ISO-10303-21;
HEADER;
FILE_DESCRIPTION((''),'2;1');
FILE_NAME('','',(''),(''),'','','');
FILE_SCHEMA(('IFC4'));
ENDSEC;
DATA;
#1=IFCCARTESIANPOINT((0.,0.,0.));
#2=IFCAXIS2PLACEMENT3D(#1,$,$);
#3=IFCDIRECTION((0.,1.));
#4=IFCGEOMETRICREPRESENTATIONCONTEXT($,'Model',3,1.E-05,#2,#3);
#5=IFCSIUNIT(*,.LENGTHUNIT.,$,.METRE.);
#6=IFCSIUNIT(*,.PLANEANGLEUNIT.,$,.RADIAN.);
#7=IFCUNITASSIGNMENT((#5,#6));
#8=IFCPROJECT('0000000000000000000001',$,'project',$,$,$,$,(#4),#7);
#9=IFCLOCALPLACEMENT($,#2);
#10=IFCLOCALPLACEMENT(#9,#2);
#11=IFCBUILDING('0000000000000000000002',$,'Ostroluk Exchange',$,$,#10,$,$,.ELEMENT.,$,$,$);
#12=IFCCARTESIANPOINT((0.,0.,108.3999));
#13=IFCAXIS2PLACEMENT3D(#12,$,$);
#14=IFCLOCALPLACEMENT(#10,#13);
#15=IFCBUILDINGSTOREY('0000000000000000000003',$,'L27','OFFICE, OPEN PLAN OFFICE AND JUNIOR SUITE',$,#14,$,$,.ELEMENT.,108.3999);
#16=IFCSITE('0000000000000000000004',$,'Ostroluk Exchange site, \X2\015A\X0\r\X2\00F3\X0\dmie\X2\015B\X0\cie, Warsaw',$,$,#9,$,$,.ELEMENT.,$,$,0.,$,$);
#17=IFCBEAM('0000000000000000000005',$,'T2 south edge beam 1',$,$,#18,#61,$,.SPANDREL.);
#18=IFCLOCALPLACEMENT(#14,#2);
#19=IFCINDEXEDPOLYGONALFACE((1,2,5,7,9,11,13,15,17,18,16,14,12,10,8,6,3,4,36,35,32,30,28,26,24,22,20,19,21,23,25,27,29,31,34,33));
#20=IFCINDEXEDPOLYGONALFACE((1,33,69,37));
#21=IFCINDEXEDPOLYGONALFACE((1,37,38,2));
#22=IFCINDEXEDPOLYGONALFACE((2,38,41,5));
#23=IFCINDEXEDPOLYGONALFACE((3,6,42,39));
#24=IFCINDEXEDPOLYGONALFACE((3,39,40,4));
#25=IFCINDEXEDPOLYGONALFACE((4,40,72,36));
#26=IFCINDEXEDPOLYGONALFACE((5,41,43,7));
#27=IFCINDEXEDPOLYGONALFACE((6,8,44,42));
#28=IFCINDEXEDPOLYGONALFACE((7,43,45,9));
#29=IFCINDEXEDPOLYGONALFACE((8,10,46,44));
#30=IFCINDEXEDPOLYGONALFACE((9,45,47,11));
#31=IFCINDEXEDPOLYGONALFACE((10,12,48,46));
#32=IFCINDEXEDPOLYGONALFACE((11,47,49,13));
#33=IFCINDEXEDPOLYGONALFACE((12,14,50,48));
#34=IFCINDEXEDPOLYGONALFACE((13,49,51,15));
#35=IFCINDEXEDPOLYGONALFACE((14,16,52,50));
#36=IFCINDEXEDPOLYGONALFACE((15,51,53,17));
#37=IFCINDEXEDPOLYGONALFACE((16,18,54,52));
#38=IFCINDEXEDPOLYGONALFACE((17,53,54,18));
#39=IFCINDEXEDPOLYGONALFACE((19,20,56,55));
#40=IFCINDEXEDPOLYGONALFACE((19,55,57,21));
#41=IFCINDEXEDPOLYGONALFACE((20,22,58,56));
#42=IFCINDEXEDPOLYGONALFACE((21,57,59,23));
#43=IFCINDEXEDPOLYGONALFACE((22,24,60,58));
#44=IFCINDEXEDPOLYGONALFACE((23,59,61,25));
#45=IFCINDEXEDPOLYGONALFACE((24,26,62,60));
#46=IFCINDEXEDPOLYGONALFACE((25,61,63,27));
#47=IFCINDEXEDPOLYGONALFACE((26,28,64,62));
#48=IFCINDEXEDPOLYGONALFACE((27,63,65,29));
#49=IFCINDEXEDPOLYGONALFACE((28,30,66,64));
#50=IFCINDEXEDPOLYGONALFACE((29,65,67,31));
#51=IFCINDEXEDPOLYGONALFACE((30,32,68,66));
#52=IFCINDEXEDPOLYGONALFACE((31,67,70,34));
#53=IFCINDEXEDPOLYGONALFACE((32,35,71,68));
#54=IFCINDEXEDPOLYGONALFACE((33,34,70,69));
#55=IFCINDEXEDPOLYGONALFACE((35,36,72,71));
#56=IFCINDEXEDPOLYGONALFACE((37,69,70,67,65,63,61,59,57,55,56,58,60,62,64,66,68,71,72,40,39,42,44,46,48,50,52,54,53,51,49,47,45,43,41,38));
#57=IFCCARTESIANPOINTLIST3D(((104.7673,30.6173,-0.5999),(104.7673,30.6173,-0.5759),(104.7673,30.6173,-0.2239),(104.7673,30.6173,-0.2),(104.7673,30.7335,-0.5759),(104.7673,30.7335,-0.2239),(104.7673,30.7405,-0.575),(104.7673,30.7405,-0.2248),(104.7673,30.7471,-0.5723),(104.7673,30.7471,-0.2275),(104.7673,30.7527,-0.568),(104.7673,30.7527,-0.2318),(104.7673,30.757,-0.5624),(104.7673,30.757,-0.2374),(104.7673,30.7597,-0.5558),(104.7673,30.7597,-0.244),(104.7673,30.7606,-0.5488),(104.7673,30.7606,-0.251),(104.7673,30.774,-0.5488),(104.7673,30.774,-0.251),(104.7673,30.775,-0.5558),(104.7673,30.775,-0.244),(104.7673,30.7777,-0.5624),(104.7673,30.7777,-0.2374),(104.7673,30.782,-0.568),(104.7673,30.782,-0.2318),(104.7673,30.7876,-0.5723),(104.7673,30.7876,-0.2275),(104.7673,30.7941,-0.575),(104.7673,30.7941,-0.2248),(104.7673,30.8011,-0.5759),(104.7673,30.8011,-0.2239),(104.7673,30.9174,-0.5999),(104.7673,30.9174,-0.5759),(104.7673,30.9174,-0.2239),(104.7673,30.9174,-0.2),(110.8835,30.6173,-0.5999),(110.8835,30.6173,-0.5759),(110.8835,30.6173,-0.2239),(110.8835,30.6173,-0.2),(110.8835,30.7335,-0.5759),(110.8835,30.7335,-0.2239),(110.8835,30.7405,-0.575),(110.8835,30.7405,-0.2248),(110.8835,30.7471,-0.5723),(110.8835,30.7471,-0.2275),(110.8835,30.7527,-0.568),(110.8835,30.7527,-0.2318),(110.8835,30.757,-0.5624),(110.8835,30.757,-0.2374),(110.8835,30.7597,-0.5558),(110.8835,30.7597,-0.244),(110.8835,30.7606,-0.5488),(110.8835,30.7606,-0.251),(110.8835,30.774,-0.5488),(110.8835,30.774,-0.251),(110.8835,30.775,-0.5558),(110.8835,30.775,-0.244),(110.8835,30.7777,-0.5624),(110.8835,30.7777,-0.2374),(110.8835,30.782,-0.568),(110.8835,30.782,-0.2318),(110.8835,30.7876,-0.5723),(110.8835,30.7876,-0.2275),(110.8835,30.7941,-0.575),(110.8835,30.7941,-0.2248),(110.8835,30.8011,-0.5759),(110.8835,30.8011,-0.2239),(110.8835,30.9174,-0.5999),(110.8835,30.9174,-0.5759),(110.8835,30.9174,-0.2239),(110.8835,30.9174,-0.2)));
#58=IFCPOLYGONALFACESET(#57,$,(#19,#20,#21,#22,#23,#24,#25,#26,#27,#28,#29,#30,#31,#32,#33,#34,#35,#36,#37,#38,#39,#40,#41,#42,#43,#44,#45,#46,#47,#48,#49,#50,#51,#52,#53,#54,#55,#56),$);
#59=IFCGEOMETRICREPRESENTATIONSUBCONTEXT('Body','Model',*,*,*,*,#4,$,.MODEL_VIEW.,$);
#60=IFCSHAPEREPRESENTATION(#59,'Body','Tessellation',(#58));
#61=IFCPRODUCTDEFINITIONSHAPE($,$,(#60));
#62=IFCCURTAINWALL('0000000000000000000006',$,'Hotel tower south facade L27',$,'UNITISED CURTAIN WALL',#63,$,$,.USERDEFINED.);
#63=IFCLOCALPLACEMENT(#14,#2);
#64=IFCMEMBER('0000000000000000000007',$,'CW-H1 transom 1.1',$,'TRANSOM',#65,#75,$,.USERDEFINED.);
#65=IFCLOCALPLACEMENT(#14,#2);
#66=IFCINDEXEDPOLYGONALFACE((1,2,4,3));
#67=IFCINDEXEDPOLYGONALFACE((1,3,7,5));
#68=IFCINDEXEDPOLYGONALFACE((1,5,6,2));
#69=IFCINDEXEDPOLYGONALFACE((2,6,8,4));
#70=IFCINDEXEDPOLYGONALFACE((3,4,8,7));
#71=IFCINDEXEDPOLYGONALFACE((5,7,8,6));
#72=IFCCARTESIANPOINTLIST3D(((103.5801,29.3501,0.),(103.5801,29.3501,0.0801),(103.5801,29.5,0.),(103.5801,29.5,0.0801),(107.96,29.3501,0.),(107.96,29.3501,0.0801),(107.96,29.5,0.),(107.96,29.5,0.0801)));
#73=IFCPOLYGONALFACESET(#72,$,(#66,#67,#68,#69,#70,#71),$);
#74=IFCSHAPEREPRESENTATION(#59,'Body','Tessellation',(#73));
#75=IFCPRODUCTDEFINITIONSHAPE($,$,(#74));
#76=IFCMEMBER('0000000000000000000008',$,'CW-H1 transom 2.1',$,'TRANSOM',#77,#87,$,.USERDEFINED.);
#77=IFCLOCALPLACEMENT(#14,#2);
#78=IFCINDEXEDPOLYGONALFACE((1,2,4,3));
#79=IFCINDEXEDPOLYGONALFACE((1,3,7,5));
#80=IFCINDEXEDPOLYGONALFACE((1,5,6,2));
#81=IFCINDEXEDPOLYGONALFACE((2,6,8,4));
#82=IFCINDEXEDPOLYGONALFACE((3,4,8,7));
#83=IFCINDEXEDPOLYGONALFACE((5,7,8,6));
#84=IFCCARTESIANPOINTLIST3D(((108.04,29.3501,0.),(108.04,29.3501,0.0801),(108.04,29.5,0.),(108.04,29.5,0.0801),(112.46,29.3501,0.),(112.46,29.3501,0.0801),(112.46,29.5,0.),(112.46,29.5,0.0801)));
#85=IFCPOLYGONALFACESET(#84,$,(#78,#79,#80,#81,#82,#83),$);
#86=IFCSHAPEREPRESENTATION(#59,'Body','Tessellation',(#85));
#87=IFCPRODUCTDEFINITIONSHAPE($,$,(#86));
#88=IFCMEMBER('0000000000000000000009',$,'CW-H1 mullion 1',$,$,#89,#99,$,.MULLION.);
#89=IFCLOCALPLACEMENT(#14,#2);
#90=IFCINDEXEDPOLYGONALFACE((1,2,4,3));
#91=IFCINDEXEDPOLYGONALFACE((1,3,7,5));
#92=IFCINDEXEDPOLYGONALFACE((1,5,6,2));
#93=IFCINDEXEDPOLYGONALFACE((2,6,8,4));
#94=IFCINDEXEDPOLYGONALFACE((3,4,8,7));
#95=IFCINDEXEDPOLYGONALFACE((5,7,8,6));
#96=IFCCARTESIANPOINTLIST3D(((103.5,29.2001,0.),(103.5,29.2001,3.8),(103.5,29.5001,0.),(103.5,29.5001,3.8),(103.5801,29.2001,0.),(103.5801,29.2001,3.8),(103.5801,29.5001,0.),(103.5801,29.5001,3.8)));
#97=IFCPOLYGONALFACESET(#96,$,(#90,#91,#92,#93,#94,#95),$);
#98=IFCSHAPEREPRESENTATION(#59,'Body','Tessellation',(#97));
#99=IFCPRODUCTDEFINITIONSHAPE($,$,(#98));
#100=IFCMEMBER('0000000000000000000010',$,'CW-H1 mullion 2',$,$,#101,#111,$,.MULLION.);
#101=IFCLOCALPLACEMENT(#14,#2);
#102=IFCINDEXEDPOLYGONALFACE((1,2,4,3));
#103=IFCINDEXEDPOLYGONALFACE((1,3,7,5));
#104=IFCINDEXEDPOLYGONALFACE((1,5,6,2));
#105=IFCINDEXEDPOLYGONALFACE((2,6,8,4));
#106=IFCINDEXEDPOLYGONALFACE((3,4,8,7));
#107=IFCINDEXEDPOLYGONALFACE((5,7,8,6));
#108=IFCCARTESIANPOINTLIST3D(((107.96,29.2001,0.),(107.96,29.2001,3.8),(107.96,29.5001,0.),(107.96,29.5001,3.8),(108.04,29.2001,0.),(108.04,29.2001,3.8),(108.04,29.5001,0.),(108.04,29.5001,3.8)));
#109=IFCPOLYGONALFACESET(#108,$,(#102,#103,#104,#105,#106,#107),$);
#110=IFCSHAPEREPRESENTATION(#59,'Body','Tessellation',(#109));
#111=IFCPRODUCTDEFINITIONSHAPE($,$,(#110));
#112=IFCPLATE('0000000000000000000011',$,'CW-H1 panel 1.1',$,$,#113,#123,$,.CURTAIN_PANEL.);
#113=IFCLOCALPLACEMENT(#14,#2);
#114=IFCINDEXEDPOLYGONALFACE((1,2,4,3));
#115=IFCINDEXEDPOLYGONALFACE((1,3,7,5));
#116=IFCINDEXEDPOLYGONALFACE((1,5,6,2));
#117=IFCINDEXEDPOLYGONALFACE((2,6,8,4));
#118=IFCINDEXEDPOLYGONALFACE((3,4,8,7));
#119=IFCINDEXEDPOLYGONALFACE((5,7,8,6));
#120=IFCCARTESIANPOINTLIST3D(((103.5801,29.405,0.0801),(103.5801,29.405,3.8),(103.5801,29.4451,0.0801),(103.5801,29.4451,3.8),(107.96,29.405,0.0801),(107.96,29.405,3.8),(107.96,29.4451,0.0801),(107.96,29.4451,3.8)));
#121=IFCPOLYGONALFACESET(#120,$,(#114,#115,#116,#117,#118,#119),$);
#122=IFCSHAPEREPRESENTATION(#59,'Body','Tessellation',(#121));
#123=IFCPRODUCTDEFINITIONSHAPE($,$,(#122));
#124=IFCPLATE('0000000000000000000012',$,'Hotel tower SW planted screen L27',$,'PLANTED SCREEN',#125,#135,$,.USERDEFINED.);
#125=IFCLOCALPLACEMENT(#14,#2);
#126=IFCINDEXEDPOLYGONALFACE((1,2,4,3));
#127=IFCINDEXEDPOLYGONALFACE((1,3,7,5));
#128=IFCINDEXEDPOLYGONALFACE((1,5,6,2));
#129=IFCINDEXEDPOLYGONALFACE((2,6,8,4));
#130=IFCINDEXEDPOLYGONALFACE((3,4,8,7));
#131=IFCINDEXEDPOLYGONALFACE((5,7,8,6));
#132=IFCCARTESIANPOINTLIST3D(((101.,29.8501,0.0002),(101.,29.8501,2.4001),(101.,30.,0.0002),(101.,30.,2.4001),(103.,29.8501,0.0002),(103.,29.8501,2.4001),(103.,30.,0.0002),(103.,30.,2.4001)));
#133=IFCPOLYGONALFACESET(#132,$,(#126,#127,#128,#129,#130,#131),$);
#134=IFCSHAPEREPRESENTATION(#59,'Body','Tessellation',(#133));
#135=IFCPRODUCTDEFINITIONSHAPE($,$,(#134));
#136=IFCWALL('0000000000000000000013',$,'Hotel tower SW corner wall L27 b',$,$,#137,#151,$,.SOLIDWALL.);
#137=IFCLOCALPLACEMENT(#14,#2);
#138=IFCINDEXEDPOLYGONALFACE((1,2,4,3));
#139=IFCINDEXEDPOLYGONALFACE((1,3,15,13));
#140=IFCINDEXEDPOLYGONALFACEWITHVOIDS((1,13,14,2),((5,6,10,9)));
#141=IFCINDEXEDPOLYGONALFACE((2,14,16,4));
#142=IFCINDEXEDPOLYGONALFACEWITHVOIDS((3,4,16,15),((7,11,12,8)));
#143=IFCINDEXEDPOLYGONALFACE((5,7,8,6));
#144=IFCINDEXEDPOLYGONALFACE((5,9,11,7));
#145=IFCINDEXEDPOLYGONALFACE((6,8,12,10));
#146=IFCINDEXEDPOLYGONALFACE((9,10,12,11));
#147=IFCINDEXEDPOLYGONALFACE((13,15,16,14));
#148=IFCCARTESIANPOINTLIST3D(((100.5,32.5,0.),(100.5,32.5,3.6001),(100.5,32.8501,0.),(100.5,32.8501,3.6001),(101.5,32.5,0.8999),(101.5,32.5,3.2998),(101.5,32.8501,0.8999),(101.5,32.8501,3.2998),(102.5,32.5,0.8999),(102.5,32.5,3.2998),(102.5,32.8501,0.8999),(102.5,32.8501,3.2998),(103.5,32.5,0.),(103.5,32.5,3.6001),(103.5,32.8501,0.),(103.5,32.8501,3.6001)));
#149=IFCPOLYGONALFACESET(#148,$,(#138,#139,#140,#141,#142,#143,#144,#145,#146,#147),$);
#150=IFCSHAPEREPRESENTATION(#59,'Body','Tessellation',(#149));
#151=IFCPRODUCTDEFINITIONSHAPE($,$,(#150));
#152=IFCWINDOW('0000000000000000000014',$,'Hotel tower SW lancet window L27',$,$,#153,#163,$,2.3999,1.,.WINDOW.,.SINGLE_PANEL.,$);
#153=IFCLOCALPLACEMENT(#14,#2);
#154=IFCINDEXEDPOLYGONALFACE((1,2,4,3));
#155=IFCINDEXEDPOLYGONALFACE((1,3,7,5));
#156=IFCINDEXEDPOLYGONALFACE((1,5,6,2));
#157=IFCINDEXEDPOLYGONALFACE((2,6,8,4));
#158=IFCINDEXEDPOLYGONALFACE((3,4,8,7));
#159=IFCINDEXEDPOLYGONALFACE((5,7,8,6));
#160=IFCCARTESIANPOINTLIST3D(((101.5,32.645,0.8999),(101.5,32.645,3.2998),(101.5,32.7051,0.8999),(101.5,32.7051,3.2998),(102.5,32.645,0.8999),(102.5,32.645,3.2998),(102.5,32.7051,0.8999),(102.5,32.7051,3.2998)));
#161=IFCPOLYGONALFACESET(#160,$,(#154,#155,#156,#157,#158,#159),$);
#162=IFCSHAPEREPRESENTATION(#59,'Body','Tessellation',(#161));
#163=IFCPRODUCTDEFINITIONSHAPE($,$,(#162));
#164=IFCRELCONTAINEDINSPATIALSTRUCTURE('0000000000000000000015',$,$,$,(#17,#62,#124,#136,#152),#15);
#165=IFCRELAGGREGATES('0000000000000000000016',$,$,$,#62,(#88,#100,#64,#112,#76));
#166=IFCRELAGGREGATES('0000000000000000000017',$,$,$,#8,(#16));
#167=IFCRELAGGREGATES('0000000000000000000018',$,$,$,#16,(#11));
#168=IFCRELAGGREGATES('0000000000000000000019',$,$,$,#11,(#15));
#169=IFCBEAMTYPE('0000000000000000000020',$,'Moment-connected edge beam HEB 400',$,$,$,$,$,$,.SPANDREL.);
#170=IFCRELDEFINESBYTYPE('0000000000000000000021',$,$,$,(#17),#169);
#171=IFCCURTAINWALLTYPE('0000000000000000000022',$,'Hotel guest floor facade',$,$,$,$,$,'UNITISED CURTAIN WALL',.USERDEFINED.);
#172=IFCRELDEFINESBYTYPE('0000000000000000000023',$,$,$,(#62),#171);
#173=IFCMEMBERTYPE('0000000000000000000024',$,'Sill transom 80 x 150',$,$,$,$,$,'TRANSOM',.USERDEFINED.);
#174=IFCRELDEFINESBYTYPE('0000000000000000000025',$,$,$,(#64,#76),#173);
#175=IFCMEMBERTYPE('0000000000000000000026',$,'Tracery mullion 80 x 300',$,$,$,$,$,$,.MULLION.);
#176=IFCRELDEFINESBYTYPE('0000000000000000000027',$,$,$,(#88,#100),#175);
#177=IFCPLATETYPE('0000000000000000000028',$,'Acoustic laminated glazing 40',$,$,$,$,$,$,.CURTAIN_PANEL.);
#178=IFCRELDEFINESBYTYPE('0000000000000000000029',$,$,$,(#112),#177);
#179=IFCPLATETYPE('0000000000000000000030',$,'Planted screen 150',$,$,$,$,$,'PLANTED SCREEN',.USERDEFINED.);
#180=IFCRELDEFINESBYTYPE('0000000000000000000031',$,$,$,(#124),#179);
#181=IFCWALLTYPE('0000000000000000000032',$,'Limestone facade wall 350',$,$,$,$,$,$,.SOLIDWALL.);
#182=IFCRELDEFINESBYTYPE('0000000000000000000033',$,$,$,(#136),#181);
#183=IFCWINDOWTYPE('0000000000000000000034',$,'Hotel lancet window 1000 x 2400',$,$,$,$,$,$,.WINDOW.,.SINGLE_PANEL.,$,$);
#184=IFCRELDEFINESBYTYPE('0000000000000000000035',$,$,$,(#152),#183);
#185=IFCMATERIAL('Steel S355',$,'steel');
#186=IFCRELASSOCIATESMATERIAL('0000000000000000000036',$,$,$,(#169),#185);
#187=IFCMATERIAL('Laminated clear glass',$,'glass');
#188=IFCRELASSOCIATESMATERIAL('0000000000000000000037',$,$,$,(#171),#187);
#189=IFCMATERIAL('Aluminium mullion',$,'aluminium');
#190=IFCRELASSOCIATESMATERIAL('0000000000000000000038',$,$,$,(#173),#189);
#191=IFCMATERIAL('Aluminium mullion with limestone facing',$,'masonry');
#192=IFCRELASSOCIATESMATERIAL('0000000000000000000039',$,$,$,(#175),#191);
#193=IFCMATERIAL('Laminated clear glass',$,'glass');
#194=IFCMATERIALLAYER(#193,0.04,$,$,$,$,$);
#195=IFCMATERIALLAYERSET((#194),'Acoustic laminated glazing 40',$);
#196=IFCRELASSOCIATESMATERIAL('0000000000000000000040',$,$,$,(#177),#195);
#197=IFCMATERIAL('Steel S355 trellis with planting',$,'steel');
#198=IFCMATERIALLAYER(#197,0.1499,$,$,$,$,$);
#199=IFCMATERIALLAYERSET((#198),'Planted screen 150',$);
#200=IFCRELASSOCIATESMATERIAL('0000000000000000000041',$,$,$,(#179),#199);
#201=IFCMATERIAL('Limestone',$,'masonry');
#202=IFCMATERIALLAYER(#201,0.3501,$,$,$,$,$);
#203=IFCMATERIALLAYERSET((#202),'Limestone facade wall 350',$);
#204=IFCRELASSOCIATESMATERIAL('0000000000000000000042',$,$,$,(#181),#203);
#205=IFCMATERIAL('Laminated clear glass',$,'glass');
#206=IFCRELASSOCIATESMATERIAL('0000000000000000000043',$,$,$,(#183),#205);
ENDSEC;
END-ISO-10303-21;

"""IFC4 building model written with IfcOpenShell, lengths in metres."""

from ifc_helpers import new_model, si_unit, direction, frame, frame_2d, origin, origin_2d, place, context, subcontext, project, spatial, rectangle, i_section, extrude, material, layer, layer_set, material_profile, profile_set, type_object, element, fill, aggregate, save


model = new_model("IFC4")

# Units and contexts
model_context = context("Model", 3, precision=1e-05, world=origin(), true_north=direction((0.0, 1.0)))
body_context = subcontext(model_context, "Body", "Model", "MODEL_VIEW")
ifc_project = project(units=[si_unit("LENGTHUNIT", "METRE"), si_unit("PLANEANGLEUNIT", "RADIAN")], contexts=[model_context])

# Site, building, storey
site_placement = place(None, origin())
site = spatial("IfcSite", under=ifc_project, at=site_placement, Name="Ostroluk Exchange site, Śródmieście, Warsaw", CompositionType="ELEMENT", RefElevation=0.0)
building_placement = place(site_placement, origin())
building = spatial("IfcBuilding", under=site, at=building_placement, Name="Ostroluk Exchange", CompositionType="ELEMENT")
storey_placement = place(building_placement, frame((0.0, 0.0, 108.3999)))
storey = spatial("IfcBuildingStorey", under=building, at=storey_placement, Name="L27", Description="OFFICE, OPEN PLAN OFFICE AND JUNIOR SUITE", CompositionType="ELEMENT", Elevation=108.3999)

# Beam
ifc_material_1 = material(Name="Steel S355", Category="steel")
ifc_material_profile_1 = material_profile(ifc_material_1, i_section(OverallWidth=0.3, OverallDepth=0.3999, WebThickness=0.0134, FlangeThickness=0.0239, FilletRadius=0.0271, at=origin_2d()), Name="HEB 400")
ifc_profile_set_1 = profile_set([ifc_material_profile_1], Name="Steel S355")
beam_type_1 = type_object("IfcBeamType", Name="Moment-connected edge beam HEB 400", PredefinedType="SPANDREL", material=ifc_profile_set_1)
beam_1_placement = place(storey_placement, frame((104.7673, 30.7673, -0.3999), z_axis=(1.0, 0.0, 0.0), x_axis=(0.0, 1.0, 0.0)))
element("IfcBeam", 1, at=beam_1_placement, inside=storey, type_object=beam_type_1, Name="T2 south edge beam 1", PredefinedType="SPANDREL", context=body_context, shape_type="SweptSolid", body=[
    extrude(i_section(OverallWidth=0.3, OverallDepth=0.3999, WebThickness=0.0134, FlangeThickness=0.0239, FilletRadius=0.0271, at=origin_2d()), origin(), (0.0, 0.0, 1.0), 6.1162),
])

# Curtain wall, members, plate
ifc_material_2 = material(Name="Laminated clear glass", Category="glass")
curtain_wall_type = type_object("IfcCurtainWallType", Name="Hotel guest floor facade", ElementType="UNITISED CURTAIN WALL", PredefinedType="USERDEFINED", material=ifc_material_2)
curtain_wall_placement = place(storey_placement, origin())
curtain_wall = element("IfcCurtainWall", 2, at=curtain_wall_placement, inside=storey, type_object=curtain_wall_type, Name="Hotel tower south facade L27", ObjectType="UNITISED CURTAIN WALL", PredefinedType="USERDEFINED")
ifc_material_3 = material(Name="Aluminium mullion", Category="aluminium")
ifc_material_profile_2 = material_profile(ifc_material_3, rectangle(XDim=0.1499, YDim=0.0801, at=origin_2d()), Name="Sill transom 80 x 150")
ifc_profile_set_2 = profile_set([ifc_material_profile_2], Name="Aluminium mullion")
member_type_1 = type_object("IfcMemberType", Name="Sill transom 80 x 150", ElementType="TRANSOM", PredefinedType="USERDEFINED", material=ifc_profile_set_2)
member_1_placement = place(storey_placement, frame((103.5801, 29.425, 0.04), z_axis=(1.0, 0.0, 0.0), x_axis=(0.0, 1.0, 0.0)))
member_1 = element("IfcMember", 3, at=member_1_placement, type_object=member_type_1, Name="CW-H1 transom 1.1", ObjectType="TRANSOM", PredefinedType="USERDEFINED", context=body_context, shape_type="SweptSolid", body=[
    extrude(rectangle(XDim=0.1499, YDim=0.0801, at=origin_2d()), origin(), (0.0, 0.0, 1.0), 4.3799),
])
member_2_placement = place(storey_placement, frame((108.04, 29.425, 0.04), z_axis=(1.0, 0.0, 0.0), x_axis=(0.0, 1.0, 0.0)))
member_2 = element("IfcMember", 4, at=member_2_placement, type_object=member_type_1, Name="CW-H1 transom 2.1", ObjectType="TRANSOM", PredefinedType="USERDEFINED", context=body_context, shape_type="SweptSolid", body=[
    extrude(rectangle(XDim=0.1499, YDim=0.0801, at=origin_2d()), origin(), (0.0, 0.0, 1.0), 4.4199),
])
ifc_material_4 = material(Name="Aluminium mullion with limestone facing", Category="masonry")
ifc_material_profile_3 = material_profile(ifc_material_4, rectangle(XDim=0.3, YDim=0.0801, at=origin_2d()), Name="Tracery mullion 80 x 300")
ifc_profile_set_3 = profile_set([ifc_material_profile_3], Name="Aluminium mullion with limestone facing")
member_type_2 = type_object("IfcMemberType", Name="Tracery mullion 80 x 300", PredefinedType="MULLION", material=ifc_profile_set_3)
member_3_placement = place(storey_placement, frame((103.54, 29.3501, 0.0), z_axis=(0.0, 0.0, 1.0), x_axis=(0.0, 1.0, 0.0)))
member_3 = element("IfcMember", 5, at=member_3_placement, type_object=member_type_2, Name="CW-H1 mullion 1", PredefinedType="MULLION", context=body_context, shape_type="SweptSolid", body=[
    extrude(rectangle(XDim=0.3, YDim=0.0801, at=origin_2d()), origin(), (0.0, 0.0, 1.0), 3.8),
])
member_4_placement = place(storey_placement, frame((108.0, 29.3501, 0.0), z_axis=(0.0, 0.0, 1.0), x_axis=(0.0, 1.0, 0.0)))
member_4 = element("IfcMember", 6, at=member_4_placement, type_object=member_type_2, Name="CW-H1 mullion 2", PredefinedType="MULLION", context=body_context, shape_type="SweptSolid", body=[
    extrude(rectangle(XDim=0.3, YDim=0.0801, at=origin_2d()), origin(), (0.0, 0.0, 1.0), 3.8),
])
ifc_material_5 = material(Name="Laminated clear glass", Category="glass")
ifc_layer_1 = layer(ifc_material_5, 0.04)
ifc_layer_set_1 = layer_set([ifc_layer_1], Name="Acoustic laminated glazing 40")
plate_type_1 = type_object("IfcPlateType", Name="Acoustic laminated glazing 40", PredefinedType="CURTAIN_PANEL", material=ifc_layer_set_1)
plate_1_placement = place(storey_placement, frame((105.77, 29.425, 0.0801), z_axis=(0.0, 0.0, 1.0), x_axis=(1.0, 0.0, 0.0)))
plate_1 = element("IfcPlate", 7, at=plate_1_placement, type_object=plate_type_1, Name="CW-H1 panel 1.1", PredefinedType="CURTAIN_PANEL", context=body_context, shape_type="SweptSolid", body=[
    extrude(rectangle(XDim=4.3799, YDim=0.04, at=origin_2d()), origin(), (0.0, 0.0, 1.0), 3.72),
])
aggregate(curtain_wall, [member_3, member_4, member_1, plate_1, member_2])

# Plate
ifc_material_6 = material(Name="Steel S355 trellis with planting", Category="steel")
ifc_layer_2 = layer(ifc_material_6, 0.1499)
ifc_layer_set_2 = layer_set([ifc_layer_2], Name="Planted screen 150")
plate_type_2 = type_object("IfcPlateType", Name="Planted screen 150", ElementType="PLANTED SCREEN", PredefinedType="USERDEFINED", material=ifc_layer_set_2)
plate_2_placement = place(storey_placement, frame((102.0, 29.925, 0.0002), z_axis=(0.0, 0.0, 1.0), x_axis=(1.0, 0.0, 0.0)))
element("IfcPlate", 8, at=plate_2_placement, inside=storey, type_object=plate_type_2, Name="Hotel tower SW planted screen L27", ObjectType="PLANTED SCREEN", PredefinedType="USERDEFINED", context=body_context, shape_type="SweptSolid", body=[
    extrude(rectangle(XDim=2.0, YDim=0.1499, at=origin_2d()), origin(), (0.0, 0.0, 1.0), 2.3999),
])

# Shared definitions
ifc_material_7 = material(Name="Limestone", Category="masonry")
ifc_layer_3 = layer(ifc_material_7, 0.3501)
ifc_layer_set_3 = layer_set([ifc_layer_3], Name="Limestone facade wall 350")
wall_type_1 = type_object("IfcWallType", Name="Limestone facade wall 350", PredefinedType="SOLIDWALL", material=ifc_layer_set_3)

# Wall, opening, window
wall_1_placement = place(storey_placement, frame((103.5, 32.675, 0.0), z_axis=(0.0, 0.0, 1.0), x_axis=(-1.0, 0.0, 0.0)))
wall_1 = element("IfcWall", 9, at=wall_1_placement, inside=storey, type_object=wall_type_1, Name="Hotel tower SW corner wall L27 b", PredefinedType="SOLIDWALL", context=body_context, shape_type="SweptSolid", body=[
    extrude(rectangle(XDim=3.0, YDim=0.3501, at=frame_2d((1.5, 0.0))), origin(), (0.0, 0.0, 1.0), 3.6001),
])
opening_1_placement = place(wall_1_placement, frame((1.0, 0.0, 0.8999)))
opening_1 = element("IfcOpeningElement", 10, at=opening_1_placement, cuts=wall_1, PredefinedType="OPENING", context=body_context, shape_type="SweptSolid", body=[
    extrude(rectangle(XDim=1.0, YDim=2.3999, at=frame_2d((0.5, 1.2))), frame((0.0, 0.1851, 0.0), z_axis=(0.0, -1.0, 0.0), x_axis=(1.0, 0.0, 0.0)), (0.0, 0.0, 1.0), 0.3701),
])
ifc_material_8 = material(Name="Laminated clear glass", Category="glass")
window_type = type_object("IfcWindowType", Name="Hotel lancet window 1000 x 2400", PartitioningType="SINGLE_PANEL", PredefinedType="WINDOW", material=ifc_material_8)
window_placement = place(opening_1_placement, origin())
window = element("IfcWindow", 11, at=window_placement, inside=storey, type_object=window_type, Name="Hotel tower SW lancet window L27", OverallHeight=2.3999, OverallWidth=1.0, PartitioningType="SINGLE_PANEL", PredefinedType="WINDOW", context=body_context, shape_type="SweptSolid", body=[
    extrude(rectangle(XDim=1.0, YDim=2.3999, at=frame_2d((0.5, 1.2))), frame((0.0, 0.03, 0.0), z_axis=(0.0, -1.0, 0.0), x_axis=(1.0, 0.0, 0.0)), (0.0, 0.0, 1.0), 0.0601),
])
fill(opening_1, window)

save(model, "model.ifc")
